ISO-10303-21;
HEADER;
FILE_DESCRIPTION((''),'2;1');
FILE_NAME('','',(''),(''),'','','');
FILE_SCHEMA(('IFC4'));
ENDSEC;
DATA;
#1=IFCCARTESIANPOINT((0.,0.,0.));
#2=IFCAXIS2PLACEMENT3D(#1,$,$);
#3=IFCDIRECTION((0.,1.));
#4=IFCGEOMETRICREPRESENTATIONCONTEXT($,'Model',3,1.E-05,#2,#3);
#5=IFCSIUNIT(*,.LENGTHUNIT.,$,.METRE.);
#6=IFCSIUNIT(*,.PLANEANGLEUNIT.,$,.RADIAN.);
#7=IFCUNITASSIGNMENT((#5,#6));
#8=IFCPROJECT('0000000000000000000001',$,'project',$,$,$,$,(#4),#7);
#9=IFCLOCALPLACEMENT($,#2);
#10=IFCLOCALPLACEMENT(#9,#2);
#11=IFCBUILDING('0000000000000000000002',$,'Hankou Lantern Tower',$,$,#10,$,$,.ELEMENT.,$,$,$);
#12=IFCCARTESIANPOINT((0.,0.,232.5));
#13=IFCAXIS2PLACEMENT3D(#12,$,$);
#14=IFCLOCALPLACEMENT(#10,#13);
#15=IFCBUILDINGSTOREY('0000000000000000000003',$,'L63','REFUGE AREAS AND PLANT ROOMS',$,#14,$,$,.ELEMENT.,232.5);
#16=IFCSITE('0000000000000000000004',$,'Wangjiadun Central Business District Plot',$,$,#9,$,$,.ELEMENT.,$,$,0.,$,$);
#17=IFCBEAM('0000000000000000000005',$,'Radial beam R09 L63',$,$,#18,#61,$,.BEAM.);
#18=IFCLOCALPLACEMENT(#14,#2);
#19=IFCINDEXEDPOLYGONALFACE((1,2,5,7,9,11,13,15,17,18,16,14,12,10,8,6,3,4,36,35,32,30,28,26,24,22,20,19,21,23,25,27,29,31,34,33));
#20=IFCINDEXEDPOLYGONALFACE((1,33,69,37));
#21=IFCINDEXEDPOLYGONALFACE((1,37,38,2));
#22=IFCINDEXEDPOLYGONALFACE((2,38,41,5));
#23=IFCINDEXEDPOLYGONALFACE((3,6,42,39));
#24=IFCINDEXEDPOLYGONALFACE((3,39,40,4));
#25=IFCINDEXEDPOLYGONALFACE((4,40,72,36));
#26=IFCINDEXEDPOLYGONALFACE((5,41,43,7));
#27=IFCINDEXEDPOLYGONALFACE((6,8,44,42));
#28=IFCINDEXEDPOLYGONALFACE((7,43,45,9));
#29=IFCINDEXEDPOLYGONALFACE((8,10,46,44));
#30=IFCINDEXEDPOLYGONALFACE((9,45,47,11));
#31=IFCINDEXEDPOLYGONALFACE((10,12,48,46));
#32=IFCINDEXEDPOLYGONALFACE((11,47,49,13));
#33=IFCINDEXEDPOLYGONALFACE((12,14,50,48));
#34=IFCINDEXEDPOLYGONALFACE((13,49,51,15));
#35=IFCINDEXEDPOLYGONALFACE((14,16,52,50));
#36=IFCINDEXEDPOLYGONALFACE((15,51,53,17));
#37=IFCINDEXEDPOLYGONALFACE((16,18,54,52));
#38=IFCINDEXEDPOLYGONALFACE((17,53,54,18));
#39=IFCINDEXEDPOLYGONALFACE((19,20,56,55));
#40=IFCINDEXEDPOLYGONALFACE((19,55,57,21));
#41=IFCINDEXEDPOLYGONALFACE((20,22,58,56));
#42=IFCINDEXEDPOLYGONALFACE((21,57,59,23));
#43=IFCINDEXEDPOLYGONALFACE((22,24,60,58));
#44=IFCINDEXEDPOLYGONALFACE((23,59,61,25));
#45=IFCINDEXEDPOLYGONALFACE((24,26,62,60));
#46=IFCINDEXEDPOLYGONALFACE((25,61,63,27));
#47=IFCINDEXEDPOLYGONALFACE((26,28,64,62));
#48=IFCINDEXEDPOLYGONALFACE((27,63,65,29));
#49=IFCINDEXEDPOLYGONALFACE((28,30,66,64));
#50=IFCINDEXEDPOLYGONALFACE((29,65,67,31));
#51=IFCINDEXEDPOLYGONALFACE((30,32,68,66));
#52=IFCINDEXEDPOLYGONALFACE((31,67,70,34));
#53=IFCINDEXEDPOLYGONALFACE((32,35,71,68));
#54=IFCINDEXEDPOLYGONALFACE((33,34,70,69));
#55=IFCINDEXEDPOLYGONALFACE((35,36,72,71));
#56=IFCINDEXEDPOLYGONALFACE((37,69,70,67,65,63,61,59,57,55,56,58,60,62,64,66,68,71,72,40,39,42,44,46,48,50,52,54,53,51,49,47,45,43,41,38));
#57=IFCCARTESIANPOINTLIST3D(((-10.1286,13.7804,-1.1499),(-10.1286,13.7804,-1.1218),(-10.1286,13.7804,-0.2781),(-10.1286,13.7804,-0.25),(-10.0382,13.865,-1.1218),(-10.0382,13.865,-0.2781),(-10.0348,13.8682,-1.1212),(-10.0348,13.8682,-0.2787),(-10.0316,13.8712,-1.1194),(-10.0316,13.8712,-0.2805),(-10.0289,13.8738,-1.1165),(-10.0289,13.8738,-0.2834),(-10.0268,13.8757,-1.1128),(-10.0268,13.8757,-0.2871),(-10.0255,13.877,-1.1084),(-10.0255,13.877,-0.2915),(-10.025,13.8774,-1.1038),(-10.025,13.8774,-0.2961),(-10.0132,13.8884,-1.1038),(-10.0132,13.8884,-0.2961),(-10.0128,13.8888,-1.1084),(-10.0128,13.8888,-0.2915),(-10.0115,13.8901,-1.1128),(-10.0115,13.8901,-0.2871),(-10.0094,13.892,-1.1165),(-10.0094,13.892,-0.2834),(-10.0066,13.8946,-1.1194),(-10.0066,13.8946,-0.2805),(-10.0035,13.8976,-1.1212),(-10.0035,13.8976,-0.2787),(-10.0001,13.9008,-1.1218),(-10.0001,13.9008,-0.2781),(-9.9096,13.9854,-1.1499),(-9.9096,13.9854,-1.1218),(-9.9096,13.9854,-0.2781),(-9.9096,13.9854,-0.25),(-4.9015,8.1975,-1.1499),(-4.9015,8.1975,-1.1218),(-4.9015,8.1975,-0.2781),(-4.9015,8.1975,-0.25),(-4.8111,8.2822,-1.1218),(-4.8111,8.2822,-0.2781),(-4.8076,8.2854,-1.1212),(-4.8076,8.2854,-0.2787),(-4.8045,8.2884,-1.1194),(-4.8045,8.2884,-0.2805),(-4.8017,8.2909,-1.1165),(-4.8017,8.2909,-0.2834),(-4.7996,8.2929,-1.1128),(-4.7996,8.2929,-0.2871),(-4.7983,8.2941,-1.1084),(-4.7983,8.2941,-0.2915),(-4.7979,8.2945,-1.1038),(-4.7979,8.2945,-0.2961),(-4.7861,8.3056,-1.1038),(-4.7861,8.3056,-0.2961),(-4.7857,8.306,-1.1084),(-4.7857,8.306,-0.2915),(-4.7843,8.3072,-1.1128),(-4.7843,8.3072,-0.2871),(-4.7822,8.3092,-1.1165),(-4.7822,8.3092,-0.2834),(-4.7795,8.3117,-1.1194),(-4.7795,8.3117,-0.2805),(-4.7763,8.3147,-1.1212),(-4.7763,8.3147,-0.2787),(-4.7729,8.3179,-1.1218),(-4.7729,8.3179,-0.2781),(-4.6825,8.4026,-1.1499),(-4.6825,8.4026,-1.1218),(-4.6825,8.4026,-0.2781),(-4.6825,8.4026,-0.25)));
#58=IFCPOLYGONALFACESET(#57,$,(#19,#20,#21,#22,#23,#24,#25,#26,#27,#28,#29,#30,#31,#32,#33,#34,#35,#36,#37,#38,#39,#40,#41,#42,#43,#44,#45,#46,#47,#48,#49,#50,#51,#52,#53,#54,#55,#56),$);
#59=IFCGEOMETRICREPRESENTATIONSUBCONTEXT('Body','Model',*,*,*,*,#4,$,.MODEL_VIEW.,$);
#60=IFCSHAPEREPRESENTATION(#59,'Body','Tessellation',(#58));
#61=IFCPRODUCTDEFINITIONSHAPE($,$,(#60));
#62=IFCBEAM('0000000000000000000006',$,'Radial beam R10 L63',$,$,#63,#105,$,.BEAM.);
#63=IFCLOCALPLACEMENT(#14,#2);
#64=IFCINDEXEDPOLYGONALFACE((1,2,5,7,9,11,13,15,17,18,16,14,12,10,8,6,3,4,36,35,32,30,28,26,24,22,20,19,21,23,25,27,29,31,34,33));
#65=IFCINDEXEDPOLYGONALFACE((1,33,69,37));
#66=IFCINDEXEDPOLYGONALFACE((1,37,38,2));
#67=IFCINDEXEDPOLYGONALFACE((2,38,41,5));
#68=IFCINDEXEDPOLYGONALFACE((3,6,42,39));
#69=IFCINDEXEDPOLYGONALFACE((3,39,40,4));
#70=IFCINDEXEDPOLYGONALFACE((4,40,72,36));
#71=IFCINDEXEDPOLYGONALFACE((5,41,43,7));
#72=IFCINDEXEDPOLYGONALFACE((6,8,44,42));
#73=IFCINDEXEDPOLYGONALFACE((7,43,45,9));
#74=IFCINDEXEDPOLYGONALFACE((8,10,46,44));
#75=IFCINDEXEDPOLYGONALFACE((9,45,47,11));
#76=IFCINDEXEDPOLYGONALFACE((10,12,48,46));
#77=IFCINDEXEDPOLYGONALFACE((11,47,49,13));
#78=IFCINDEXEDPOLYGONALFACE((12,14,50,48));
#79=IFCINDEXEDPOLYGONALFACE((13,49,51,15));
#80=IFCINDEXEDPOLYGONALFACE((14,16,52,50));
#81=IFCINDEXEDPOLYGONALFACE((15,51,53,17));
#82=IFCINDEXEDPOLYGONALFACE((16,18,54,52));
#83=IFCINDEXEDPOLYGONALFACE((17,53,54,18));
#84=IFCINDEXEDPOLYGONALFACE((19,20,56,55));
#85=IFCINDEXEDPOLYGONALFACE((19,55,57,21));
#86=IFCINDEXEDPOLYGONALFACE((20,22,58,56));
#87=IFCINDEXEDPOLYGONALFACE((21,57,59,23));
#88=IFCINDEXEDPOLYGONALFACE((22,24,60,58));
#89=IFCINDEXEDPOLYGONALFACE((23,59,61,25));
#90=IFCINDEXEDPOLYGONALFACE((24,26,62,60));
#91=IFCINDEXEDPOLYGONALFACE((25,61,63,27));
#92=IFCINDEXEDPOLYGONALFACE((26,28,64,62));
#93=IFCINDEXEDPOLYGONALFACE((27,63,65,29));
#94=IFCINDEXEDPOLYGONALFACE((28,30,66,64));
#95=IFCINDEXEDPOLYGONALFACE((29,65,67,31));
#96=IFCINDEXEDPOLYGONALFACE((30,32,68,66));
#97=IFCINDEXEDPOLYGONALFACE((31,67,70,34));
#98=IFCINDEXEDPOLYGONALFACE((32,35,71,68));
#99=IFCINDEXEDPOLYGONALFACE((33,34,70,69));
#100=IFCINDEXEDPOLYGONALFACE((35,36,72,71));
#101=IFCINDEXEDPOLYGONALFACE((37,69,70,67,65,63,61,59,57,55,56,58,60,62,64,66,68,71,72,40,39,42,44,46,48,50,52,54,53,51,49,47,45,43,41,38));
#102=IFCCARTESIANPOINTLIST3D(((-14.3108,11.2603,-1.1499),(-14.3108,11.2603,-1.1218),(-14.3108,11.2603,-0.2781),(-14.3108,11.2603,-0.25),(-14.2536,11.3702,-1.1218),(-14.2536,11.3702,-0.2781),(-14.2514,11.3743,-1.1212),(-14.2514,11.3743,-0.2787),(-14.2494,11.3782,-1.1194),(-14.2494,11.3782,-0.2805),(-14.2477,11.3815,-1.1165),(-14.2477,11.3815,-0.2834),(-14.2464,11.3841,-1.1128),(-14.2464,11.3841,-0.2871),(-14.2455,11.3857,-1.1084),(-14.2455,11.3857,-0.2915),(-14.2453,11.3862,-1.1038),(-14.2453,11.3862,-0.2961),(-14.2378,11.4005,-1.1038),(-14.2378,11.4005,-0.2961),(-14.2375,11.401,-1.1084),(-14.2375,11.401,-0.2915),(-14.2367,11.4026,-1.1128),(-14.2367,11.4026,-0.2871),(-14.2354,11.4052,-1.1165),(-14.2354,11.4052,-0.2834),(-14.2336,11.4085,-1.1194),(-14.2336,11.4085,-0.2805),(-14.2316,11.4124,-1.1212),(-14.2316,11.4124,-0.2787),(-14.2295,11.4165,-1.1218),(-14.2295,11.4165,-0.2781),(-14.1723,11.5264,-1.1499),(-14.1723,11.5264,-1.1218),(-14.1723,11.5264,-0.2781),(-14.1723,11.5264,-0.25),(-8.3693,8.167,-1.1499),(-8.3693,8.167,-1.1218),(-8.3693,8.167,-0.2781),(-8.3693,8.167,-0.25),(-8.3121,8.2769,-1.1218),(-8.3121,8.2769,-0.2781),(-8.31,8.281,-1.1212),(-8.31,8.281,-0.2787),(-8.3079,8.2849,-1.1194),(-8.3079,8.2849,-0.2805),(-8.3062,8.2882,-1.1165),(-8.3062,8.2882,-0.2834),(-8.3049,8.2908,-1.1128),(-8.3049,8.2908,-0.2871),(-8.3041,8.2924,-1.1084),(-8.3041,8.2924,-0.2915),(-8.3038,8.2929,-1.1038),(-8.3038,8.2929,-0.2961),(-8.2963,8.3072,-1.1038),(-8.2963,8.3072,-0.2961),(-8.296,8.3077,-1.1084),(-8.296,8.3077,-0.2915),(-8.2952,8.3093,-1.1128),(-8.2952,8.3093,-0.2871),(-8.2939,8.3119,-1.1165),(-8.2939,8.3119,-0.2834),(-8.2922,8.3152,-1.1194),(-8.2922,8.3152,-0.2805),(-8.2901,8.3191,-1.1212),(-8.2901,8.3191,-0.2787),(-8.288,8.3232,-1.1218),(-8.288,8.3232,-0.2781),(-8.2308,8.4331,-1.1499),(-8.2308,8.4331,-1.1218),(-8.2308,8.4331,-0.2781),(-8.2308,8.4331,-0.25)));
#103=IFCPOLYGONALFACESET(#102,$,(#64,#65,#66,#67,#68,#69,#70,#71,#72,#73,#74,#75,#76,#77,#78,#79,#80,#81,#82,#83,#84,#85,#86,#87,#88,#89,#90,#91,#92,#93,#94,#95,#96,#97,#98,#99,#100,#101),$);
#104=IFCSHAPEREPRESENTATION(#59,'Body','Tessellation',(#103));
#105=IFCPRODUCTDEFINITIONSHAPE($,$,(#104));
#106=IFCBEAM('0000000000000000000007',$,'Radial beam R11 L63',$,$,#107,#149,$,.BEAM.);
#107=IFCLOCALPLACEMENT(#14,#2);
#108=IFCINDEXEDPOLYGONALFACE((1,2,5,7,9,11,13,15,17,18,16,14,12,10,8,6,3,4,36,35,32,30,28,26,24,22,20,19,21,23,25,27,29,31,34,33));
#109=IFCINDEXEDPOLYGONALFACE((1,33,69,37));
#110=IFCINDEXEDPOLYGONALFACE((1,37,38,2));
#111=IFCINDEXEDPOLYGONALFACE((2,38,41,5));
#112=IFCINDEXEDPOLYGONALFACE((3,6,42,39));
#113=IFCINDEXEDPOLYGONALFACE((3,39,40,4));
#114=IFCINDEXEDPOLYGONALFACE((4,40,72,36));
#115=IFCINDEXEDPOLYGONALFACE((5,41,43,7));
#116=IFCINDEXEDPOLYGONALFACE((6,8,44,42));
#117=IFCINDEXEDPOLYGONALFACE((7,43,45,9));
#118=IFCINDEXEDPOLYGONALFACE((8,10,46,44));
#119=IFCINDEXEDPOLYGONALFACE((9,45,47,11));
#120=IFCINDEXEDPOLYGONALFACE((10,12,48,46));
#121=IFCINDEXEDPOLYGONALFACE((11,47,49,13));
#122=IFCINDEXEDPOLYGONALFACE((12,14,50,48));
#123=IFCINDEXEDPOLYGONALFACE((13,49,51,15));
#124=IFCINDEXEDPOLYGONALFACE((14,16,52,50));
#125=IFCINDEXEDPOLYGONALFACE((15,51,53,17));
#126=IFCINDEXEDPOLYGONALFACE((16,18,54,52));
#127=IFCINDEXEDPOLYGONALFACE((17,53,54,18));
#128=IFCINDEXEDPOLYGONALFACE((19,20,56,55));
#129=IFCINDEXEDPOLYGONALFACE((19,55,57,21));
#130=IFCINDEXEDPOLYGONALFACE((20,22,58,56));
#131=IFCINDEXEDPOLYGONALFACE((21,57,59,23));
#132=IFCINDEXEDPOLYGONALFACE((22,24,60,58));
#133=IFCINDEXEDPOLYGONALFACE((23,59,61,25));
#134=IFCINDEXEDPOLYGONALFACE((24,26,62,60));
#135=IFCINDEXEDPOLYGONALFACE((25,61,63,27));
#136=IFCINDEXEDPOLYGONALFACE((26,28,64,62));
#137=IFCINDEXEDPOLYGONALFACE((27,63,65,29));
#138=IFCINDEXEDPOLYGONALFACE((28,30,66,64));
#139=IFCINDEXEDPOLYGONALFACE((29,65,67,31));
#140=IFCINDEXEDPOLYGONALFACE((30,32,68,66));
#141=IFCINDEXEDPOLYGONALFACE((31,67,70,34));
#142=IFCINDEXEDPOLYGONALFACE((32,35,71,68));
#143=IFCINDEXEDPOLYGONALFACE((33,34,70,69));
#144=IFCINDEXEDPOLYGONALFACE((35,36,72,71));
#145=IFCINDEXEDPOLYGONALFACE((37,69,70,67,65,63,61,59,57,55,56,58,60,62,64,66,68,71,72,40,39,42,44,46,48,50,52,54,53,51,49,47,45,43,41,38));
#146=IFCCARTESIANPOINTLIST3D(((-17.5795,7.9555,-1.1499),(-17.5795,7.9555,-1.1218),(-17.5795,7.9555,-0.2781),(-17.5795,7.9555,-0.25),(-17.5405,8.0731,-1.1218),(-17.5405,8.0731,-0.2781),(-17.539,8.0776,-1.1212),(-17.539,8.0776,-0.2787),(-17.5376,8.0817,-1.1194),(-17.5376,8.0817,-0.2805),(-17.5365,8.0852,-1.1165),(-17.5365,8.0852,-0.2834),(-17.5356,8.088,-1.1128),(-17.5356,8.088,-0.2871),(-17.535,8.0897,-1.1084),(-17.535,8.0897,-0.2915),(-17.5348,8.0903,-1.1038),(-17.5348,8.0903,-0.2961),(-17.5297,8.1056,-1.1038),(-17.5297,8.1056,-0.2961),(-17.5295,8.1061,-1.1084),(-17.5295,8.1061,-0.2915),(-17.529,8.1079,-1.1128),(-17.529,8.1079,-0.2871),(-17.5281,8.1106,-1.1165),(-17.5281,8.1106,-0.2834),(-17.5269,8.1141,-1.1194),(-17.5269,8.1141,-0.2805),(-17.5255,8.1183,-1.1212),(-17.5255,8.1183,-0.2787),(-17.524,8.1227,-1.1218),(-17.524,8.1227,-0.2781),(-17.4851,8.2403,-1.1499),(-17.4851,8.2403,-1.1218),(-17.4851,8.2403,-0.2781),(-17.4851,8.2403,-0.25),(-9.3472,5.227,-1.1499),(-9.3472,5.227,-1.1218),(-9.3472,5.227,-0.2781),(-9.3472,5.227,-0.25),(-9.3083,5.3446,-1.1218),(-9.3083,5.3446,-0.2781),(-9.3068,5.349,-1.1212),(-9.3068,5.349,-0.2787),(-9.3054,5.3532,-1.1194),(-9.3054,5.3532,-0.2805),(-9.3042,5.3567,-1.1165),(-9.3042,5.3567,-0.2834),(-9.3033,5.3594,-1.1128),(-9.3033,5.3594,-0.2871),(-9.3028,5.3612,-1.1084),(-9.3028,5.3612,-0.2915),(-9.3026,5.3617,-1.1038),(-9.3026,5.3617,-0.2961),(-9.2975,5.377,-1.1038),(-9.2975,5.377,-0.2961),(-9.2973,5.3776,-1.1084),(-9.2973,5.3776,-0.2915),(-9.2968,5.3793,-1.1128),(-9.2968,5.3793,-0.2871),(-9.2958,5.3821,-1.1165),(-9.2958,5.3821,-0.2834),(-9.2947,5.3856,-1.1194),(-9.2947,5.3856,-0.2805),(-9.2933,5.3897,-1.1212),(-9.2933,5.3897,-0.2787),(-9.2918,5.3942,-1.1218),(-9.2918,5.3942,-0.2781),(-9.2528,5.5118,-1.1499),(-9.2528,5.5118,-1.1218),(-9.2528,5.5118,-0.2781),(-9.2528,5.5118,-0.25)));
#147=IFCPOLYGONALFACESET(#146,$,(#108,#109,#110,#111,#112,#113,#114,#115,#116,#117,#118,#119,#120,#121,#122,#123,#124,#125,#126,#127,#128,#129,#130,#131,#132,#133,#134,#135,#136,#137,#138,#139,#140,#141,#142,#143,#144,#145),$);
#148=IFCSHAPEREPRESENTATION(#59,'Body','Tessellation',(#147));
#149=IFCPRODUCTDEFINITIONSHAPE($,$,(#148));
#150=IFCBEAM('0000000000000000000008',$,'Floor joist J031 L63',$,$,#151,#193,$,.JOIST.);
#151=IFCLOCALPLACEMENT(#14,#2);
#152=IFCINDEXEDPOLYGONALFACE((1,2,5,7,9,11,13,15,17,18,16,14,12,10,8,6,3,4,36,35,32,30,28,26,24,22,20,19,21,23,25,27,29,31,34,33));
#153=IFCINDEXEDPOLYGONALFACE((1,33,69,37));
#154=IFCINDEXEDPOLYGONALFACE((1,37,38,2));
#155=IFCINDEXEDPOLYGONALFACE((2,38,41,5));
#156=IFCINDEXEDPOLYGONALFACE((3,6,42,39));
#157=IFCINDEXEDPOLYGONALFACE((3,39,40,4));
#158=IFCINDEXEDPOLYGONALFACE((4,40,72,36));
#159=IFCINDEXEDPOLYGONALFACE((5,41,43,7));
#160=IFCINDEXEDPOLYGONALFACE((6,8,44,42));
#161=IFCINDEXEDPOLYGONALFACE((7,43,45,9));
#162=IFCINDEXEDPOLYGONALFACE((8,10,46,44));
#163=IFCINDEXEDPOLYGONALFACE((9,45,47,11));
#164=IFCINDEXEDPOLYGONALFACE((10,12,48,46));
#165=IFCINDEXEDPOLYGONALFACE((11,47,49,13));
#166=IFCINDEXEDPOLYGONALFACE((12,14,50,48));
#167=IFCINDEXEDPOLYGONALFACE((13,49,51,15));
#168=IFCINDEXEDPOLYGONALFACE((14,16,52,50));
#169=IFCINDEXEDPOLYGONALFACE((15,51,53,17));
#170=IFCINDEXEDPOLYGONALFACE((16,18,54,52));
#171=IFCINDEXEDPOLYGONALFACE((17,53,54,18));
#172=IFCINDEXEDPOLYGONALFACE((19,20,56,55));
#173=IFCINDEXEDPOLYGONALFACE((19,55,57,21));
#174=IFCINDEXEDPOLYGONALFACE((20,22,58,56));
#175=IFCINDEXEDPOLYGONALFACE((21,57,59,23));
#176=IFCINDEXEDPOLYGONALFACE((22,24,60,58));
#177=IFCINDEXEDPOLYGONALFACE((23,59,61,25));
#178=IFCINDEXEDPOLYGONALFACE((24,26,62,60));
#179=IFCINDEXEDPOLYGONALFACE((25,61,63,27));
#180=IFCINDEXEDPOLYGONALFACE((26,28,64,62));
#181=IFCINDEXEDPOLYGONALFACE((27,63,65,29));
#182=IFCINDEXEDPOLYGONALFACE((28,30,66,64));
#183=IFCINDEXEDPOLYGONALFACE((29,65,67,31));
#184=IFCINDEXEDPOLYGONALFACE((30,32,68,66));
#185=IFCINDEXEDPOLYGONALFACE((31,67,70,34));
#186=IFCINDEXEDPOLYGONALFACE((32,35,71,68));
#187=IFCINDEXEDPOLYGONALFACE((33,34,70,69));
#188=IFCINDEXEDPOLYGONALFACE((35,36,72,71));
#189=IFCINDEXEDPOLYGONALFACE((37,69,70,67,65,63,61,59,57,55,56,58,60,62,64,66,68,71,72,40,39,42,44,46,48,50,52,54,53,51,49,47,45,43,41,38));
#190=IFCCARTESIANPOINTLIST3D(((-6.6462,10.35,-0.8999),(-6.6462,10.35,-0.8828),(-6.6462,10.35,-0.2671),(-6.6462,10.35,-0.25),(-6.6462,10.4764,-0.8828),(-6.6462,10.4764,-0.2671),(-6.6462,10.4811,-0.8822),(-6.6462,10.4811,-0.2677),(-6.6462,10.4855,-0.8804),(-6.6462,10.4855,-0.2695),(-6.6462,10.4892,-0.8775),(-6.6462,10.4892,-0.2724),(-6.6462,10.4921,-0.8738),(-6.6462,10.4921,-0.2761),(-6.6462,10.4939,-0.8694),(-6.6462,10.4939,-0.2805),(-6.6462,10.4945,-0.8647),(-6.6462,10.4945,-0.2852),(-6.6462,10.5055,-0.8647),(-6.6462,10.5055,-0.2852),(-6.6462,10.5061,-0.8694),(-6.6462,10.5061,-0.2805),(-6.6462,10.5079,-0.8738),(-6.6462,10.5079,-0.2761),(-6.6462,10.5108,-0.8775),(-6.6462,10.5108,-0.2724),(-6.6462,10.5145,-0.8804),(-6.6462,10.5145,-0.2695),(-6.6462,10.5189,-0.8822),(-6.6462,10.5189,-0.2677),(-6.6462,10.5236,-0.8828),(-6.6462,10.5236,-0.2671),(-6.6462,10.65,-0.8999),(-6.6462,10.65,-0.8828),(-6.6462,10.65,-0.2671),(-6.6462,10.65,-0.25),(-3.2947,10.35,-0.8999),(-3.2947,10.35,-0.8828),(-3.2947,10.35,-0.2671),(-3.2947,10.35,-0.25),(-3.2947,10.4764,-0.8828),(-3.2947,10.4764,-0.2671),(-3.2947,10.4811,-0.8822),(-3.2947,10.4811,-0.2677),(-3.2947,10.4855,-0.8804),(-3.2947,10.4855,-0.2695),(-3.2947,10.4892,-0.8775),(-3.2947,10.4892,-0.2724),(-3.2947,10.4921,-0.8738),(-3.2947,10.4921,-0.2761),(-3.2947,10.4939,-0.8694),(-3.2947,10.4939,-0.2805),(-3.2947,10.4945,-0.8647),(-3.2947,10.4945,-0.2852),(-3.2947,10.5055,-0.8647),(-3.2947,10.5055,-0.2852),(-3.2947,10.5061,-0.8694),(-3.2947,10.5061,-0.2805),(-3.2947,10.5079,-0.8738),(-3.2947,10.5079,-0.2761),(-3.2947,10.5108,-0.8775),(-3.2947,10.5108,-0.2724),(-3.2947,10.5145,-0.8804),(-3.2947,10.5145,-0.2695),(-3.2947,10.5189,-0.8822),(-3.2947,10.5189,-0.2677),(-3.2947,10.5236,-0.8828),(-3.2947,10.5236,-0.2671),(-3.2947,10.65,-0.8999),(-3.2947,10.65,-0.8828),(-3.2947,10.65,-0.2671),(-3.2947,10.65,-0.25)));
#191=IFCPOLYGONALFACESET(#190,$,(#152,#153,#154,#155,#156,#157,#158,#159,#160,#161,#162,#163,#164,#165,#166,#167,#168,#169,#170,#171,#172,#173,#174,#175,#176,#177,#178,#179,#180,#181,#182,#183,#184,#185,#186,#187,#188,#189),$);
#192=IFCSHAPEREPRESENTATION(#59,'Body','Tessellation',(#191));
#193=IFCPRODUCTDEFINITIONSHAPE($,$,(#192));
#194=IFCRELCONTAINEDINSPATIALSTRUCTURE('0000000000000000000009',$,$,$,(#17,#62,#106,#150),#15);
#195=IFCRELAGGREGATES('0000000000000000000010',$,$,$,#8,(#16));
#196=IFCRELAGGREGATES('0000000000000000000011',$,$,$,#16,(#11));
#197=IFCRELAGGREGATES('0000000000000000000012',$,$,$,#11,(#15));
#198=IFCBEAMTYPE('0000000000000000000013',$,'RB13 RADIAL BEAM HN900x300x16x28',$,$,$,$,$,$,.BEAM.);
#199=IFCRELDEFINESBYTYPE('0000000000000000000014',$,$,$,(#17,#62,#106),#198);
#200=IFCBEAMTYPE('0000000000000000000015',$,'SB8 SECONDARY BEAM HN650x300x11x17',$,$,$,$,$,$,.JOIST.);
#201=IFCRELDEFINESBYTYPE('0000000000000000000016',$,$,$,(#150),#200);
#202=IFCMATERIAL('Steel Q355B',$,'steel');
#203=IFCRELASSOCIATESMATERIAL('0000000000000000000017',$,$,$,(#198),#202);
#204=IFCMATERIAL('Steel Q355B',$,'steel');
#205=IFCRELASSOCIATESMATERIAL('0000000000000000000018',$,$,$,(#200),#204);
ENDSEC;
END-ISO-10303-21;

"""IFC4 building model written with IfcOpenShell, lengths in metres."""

from ifc_helpers import new_model, si_unit, direction, frame, origin, origin_2d, place, context, subcontext, project, spatial, i_section, extrude, material, material_profile, profile_set, type_object, element, save


model = new_model("IFC4")

# Units and contexts
model_context = context("Model", 3, precision=1e-05, world=origin(), true_north=direction((0.0, 1.0)))
body_context = subcontext(model_context, "Body", "Model", "MODEL_VIEW")
ifc_project = project(units=[si_unit("LENGTHUNIT", "METRE"), si_unit("PLANEANGLEUNIT", "RADIAN")], contexts=[model_context])

# Site, building, storey
site_placement = place(None, origin())
site = spatial("IfcSite", under=ifc_project, at=site_placement, Name="Wangjiadun Central Business District Plot", CompositionType="ELEMENT", RefElevation=0.0)
building_placement = place(site_placement, origin())
building = spatial("IfcBuilding", under=site, at=building_placement, Name="Hankou Lantern Tower", CompositionType="ELEMENT")
storey_placement = place(building_placement, frame((0.0, 0.0, 232.5)))
storey = spatial("IfcBuildingStorey", under=building, at=storey_placement, Name="L63", Description="REFUGE AREAS AND PLANT ROOMS", CompositionType="ELEMENT", Elevation=232.5)

# Beams
ifc_material_1 = material(Name="Steel Q355B", Category="steel")
ifc_material_profile_1 = material_profile(ifc_material_1, i_section(OverallWidth=0.3, OverallDepth=0.8999, WebThickness=0.0161, FlangeThickness=0.0281, FilletRadius=0.0181, at=origin_2d()), Name="HN900x300x16x28")
ifc_profile_set_1 = profile_set([ifc_material_profile_1], Name="Steel Q355B")
beam_type_1 = type_object("IfcBeamType", Name="RB13 RADIAL BEAM HN900x300x16x28", PredefinedType="BEAM", material=ifc_profile_set_1)
beam_1_placement = place(storey_placement, frame((-4.792, 8.3, -0.7), z_axis=(-0.683468, 0.72998, 0.0), x_axis=(-0.72998, -0.683468, 0.0)))
element("IfcBeam", 1, at=beam_1_placement, inside=storey, type_object=beam_type_1, Name="Radial beam R09 L63", PredefinedType="BEAM", context=body_context, shape_type="SweptSolid", body=[
    extrude(i_section(OverallWidth=0.3, OverallDepth=0.8999, WebThickness=0.0161, FlangeThickness=0.0281, FilletRadius=0.0181, at=origin_2d()), origin(), (0.0, 0.0, 1.0), 7.6479),
])
beam_2_placement = place(storey_placement, frame((-8.3, 8.3, -0.7), z_axis=(-0.886989, 0.461791, 0.0), x_axis=(-0.461791, -0.886989, 0.0)))
element("IfcBeam", 2, at=beam_2_placement, inside=storey, type_object=beam_type_1, Name="Radial beam R10 L63", PredefinedType="BEAM", context=body_context, shape_type="SweptSolid", body=[
    extrude(i_section(OverallWidth=0.3, OverallDepth=0.8999, WebThickness=0.0161, FlangeThickness=0.0281, FilletRadius=0.0181, at=origin_2d()), origin(), (0.0, 0.0, 1.0), 6.6985),
])
beam_3_placement = place(storey_placement, frame((-9.3, 5.3694, -0.7), z_axis=(-0.94922, 0.314614, 0.0), x_axis=(-0.314614, -0.94922, 0.0)))
element("IfcBeam", 3, at=beam_3_placement, inside=storey, type_object=beam_type_1, Name="Radial beam R11 L63", PredefinedType="BEAM", context=body_context, shape_type="SweptSolid", body=[
    extrude(i_section(OverallWidth=0.3, OverallDepth=0.8999, WebThickness=0.0161, FlangeThickness=0.0281, FilletRadius=0.0181, at=origin_2d()), origin(), (0.0, 0.0, 1.0), 8.6726),
])
ifc_material_2 = material(Name="Steel Q355B", Category="steel")
ifc_material_profile_2 = material_profile(ifc_material_2, i_section(OverallWidth=0.3, OverallDepth=0.6499, WebThickness=0.011, FlangeThickness=0.0171, FilletRadius=0.0181, at=origin_2d()), Name="HN650x300x11x17")
ifc_profile_set_2 = profile_set([ifc_material_profile_2], Name="Steel Q355B")
beam_type_2 = type_object("IfcBeamType", Name="SB8 SECONDARY BEAM HN650x300x11x17", PredefinedType="JOIST", material=ifc_profile_set_2)
beam_4_placement = place(storey_placement, frame((-6.6462, 10.5, -0.575), z_axis=(1.0, 0.0, 0.0), x_axis=(0.0, 1.0, 0.0)))
element("IfcBeam", 4, at=beam_4_placement, inside=storey, type_object=beam_type_2, Name="Floor joist J031 L63", PredefinedType="JOIST", context=body_context, shape_type="SweptSolid", body=[
    extrude(i_section(OverallWidth=0.3, OverallDepth=0.6499, WebThickness=0.011, FlangeThickness=0.0171, FilletRadius=0.0181, at=origin_2d()), origin(), (0.0, 0.0, 1.0), 3.3516),
])

save(model, "model.ifc")
